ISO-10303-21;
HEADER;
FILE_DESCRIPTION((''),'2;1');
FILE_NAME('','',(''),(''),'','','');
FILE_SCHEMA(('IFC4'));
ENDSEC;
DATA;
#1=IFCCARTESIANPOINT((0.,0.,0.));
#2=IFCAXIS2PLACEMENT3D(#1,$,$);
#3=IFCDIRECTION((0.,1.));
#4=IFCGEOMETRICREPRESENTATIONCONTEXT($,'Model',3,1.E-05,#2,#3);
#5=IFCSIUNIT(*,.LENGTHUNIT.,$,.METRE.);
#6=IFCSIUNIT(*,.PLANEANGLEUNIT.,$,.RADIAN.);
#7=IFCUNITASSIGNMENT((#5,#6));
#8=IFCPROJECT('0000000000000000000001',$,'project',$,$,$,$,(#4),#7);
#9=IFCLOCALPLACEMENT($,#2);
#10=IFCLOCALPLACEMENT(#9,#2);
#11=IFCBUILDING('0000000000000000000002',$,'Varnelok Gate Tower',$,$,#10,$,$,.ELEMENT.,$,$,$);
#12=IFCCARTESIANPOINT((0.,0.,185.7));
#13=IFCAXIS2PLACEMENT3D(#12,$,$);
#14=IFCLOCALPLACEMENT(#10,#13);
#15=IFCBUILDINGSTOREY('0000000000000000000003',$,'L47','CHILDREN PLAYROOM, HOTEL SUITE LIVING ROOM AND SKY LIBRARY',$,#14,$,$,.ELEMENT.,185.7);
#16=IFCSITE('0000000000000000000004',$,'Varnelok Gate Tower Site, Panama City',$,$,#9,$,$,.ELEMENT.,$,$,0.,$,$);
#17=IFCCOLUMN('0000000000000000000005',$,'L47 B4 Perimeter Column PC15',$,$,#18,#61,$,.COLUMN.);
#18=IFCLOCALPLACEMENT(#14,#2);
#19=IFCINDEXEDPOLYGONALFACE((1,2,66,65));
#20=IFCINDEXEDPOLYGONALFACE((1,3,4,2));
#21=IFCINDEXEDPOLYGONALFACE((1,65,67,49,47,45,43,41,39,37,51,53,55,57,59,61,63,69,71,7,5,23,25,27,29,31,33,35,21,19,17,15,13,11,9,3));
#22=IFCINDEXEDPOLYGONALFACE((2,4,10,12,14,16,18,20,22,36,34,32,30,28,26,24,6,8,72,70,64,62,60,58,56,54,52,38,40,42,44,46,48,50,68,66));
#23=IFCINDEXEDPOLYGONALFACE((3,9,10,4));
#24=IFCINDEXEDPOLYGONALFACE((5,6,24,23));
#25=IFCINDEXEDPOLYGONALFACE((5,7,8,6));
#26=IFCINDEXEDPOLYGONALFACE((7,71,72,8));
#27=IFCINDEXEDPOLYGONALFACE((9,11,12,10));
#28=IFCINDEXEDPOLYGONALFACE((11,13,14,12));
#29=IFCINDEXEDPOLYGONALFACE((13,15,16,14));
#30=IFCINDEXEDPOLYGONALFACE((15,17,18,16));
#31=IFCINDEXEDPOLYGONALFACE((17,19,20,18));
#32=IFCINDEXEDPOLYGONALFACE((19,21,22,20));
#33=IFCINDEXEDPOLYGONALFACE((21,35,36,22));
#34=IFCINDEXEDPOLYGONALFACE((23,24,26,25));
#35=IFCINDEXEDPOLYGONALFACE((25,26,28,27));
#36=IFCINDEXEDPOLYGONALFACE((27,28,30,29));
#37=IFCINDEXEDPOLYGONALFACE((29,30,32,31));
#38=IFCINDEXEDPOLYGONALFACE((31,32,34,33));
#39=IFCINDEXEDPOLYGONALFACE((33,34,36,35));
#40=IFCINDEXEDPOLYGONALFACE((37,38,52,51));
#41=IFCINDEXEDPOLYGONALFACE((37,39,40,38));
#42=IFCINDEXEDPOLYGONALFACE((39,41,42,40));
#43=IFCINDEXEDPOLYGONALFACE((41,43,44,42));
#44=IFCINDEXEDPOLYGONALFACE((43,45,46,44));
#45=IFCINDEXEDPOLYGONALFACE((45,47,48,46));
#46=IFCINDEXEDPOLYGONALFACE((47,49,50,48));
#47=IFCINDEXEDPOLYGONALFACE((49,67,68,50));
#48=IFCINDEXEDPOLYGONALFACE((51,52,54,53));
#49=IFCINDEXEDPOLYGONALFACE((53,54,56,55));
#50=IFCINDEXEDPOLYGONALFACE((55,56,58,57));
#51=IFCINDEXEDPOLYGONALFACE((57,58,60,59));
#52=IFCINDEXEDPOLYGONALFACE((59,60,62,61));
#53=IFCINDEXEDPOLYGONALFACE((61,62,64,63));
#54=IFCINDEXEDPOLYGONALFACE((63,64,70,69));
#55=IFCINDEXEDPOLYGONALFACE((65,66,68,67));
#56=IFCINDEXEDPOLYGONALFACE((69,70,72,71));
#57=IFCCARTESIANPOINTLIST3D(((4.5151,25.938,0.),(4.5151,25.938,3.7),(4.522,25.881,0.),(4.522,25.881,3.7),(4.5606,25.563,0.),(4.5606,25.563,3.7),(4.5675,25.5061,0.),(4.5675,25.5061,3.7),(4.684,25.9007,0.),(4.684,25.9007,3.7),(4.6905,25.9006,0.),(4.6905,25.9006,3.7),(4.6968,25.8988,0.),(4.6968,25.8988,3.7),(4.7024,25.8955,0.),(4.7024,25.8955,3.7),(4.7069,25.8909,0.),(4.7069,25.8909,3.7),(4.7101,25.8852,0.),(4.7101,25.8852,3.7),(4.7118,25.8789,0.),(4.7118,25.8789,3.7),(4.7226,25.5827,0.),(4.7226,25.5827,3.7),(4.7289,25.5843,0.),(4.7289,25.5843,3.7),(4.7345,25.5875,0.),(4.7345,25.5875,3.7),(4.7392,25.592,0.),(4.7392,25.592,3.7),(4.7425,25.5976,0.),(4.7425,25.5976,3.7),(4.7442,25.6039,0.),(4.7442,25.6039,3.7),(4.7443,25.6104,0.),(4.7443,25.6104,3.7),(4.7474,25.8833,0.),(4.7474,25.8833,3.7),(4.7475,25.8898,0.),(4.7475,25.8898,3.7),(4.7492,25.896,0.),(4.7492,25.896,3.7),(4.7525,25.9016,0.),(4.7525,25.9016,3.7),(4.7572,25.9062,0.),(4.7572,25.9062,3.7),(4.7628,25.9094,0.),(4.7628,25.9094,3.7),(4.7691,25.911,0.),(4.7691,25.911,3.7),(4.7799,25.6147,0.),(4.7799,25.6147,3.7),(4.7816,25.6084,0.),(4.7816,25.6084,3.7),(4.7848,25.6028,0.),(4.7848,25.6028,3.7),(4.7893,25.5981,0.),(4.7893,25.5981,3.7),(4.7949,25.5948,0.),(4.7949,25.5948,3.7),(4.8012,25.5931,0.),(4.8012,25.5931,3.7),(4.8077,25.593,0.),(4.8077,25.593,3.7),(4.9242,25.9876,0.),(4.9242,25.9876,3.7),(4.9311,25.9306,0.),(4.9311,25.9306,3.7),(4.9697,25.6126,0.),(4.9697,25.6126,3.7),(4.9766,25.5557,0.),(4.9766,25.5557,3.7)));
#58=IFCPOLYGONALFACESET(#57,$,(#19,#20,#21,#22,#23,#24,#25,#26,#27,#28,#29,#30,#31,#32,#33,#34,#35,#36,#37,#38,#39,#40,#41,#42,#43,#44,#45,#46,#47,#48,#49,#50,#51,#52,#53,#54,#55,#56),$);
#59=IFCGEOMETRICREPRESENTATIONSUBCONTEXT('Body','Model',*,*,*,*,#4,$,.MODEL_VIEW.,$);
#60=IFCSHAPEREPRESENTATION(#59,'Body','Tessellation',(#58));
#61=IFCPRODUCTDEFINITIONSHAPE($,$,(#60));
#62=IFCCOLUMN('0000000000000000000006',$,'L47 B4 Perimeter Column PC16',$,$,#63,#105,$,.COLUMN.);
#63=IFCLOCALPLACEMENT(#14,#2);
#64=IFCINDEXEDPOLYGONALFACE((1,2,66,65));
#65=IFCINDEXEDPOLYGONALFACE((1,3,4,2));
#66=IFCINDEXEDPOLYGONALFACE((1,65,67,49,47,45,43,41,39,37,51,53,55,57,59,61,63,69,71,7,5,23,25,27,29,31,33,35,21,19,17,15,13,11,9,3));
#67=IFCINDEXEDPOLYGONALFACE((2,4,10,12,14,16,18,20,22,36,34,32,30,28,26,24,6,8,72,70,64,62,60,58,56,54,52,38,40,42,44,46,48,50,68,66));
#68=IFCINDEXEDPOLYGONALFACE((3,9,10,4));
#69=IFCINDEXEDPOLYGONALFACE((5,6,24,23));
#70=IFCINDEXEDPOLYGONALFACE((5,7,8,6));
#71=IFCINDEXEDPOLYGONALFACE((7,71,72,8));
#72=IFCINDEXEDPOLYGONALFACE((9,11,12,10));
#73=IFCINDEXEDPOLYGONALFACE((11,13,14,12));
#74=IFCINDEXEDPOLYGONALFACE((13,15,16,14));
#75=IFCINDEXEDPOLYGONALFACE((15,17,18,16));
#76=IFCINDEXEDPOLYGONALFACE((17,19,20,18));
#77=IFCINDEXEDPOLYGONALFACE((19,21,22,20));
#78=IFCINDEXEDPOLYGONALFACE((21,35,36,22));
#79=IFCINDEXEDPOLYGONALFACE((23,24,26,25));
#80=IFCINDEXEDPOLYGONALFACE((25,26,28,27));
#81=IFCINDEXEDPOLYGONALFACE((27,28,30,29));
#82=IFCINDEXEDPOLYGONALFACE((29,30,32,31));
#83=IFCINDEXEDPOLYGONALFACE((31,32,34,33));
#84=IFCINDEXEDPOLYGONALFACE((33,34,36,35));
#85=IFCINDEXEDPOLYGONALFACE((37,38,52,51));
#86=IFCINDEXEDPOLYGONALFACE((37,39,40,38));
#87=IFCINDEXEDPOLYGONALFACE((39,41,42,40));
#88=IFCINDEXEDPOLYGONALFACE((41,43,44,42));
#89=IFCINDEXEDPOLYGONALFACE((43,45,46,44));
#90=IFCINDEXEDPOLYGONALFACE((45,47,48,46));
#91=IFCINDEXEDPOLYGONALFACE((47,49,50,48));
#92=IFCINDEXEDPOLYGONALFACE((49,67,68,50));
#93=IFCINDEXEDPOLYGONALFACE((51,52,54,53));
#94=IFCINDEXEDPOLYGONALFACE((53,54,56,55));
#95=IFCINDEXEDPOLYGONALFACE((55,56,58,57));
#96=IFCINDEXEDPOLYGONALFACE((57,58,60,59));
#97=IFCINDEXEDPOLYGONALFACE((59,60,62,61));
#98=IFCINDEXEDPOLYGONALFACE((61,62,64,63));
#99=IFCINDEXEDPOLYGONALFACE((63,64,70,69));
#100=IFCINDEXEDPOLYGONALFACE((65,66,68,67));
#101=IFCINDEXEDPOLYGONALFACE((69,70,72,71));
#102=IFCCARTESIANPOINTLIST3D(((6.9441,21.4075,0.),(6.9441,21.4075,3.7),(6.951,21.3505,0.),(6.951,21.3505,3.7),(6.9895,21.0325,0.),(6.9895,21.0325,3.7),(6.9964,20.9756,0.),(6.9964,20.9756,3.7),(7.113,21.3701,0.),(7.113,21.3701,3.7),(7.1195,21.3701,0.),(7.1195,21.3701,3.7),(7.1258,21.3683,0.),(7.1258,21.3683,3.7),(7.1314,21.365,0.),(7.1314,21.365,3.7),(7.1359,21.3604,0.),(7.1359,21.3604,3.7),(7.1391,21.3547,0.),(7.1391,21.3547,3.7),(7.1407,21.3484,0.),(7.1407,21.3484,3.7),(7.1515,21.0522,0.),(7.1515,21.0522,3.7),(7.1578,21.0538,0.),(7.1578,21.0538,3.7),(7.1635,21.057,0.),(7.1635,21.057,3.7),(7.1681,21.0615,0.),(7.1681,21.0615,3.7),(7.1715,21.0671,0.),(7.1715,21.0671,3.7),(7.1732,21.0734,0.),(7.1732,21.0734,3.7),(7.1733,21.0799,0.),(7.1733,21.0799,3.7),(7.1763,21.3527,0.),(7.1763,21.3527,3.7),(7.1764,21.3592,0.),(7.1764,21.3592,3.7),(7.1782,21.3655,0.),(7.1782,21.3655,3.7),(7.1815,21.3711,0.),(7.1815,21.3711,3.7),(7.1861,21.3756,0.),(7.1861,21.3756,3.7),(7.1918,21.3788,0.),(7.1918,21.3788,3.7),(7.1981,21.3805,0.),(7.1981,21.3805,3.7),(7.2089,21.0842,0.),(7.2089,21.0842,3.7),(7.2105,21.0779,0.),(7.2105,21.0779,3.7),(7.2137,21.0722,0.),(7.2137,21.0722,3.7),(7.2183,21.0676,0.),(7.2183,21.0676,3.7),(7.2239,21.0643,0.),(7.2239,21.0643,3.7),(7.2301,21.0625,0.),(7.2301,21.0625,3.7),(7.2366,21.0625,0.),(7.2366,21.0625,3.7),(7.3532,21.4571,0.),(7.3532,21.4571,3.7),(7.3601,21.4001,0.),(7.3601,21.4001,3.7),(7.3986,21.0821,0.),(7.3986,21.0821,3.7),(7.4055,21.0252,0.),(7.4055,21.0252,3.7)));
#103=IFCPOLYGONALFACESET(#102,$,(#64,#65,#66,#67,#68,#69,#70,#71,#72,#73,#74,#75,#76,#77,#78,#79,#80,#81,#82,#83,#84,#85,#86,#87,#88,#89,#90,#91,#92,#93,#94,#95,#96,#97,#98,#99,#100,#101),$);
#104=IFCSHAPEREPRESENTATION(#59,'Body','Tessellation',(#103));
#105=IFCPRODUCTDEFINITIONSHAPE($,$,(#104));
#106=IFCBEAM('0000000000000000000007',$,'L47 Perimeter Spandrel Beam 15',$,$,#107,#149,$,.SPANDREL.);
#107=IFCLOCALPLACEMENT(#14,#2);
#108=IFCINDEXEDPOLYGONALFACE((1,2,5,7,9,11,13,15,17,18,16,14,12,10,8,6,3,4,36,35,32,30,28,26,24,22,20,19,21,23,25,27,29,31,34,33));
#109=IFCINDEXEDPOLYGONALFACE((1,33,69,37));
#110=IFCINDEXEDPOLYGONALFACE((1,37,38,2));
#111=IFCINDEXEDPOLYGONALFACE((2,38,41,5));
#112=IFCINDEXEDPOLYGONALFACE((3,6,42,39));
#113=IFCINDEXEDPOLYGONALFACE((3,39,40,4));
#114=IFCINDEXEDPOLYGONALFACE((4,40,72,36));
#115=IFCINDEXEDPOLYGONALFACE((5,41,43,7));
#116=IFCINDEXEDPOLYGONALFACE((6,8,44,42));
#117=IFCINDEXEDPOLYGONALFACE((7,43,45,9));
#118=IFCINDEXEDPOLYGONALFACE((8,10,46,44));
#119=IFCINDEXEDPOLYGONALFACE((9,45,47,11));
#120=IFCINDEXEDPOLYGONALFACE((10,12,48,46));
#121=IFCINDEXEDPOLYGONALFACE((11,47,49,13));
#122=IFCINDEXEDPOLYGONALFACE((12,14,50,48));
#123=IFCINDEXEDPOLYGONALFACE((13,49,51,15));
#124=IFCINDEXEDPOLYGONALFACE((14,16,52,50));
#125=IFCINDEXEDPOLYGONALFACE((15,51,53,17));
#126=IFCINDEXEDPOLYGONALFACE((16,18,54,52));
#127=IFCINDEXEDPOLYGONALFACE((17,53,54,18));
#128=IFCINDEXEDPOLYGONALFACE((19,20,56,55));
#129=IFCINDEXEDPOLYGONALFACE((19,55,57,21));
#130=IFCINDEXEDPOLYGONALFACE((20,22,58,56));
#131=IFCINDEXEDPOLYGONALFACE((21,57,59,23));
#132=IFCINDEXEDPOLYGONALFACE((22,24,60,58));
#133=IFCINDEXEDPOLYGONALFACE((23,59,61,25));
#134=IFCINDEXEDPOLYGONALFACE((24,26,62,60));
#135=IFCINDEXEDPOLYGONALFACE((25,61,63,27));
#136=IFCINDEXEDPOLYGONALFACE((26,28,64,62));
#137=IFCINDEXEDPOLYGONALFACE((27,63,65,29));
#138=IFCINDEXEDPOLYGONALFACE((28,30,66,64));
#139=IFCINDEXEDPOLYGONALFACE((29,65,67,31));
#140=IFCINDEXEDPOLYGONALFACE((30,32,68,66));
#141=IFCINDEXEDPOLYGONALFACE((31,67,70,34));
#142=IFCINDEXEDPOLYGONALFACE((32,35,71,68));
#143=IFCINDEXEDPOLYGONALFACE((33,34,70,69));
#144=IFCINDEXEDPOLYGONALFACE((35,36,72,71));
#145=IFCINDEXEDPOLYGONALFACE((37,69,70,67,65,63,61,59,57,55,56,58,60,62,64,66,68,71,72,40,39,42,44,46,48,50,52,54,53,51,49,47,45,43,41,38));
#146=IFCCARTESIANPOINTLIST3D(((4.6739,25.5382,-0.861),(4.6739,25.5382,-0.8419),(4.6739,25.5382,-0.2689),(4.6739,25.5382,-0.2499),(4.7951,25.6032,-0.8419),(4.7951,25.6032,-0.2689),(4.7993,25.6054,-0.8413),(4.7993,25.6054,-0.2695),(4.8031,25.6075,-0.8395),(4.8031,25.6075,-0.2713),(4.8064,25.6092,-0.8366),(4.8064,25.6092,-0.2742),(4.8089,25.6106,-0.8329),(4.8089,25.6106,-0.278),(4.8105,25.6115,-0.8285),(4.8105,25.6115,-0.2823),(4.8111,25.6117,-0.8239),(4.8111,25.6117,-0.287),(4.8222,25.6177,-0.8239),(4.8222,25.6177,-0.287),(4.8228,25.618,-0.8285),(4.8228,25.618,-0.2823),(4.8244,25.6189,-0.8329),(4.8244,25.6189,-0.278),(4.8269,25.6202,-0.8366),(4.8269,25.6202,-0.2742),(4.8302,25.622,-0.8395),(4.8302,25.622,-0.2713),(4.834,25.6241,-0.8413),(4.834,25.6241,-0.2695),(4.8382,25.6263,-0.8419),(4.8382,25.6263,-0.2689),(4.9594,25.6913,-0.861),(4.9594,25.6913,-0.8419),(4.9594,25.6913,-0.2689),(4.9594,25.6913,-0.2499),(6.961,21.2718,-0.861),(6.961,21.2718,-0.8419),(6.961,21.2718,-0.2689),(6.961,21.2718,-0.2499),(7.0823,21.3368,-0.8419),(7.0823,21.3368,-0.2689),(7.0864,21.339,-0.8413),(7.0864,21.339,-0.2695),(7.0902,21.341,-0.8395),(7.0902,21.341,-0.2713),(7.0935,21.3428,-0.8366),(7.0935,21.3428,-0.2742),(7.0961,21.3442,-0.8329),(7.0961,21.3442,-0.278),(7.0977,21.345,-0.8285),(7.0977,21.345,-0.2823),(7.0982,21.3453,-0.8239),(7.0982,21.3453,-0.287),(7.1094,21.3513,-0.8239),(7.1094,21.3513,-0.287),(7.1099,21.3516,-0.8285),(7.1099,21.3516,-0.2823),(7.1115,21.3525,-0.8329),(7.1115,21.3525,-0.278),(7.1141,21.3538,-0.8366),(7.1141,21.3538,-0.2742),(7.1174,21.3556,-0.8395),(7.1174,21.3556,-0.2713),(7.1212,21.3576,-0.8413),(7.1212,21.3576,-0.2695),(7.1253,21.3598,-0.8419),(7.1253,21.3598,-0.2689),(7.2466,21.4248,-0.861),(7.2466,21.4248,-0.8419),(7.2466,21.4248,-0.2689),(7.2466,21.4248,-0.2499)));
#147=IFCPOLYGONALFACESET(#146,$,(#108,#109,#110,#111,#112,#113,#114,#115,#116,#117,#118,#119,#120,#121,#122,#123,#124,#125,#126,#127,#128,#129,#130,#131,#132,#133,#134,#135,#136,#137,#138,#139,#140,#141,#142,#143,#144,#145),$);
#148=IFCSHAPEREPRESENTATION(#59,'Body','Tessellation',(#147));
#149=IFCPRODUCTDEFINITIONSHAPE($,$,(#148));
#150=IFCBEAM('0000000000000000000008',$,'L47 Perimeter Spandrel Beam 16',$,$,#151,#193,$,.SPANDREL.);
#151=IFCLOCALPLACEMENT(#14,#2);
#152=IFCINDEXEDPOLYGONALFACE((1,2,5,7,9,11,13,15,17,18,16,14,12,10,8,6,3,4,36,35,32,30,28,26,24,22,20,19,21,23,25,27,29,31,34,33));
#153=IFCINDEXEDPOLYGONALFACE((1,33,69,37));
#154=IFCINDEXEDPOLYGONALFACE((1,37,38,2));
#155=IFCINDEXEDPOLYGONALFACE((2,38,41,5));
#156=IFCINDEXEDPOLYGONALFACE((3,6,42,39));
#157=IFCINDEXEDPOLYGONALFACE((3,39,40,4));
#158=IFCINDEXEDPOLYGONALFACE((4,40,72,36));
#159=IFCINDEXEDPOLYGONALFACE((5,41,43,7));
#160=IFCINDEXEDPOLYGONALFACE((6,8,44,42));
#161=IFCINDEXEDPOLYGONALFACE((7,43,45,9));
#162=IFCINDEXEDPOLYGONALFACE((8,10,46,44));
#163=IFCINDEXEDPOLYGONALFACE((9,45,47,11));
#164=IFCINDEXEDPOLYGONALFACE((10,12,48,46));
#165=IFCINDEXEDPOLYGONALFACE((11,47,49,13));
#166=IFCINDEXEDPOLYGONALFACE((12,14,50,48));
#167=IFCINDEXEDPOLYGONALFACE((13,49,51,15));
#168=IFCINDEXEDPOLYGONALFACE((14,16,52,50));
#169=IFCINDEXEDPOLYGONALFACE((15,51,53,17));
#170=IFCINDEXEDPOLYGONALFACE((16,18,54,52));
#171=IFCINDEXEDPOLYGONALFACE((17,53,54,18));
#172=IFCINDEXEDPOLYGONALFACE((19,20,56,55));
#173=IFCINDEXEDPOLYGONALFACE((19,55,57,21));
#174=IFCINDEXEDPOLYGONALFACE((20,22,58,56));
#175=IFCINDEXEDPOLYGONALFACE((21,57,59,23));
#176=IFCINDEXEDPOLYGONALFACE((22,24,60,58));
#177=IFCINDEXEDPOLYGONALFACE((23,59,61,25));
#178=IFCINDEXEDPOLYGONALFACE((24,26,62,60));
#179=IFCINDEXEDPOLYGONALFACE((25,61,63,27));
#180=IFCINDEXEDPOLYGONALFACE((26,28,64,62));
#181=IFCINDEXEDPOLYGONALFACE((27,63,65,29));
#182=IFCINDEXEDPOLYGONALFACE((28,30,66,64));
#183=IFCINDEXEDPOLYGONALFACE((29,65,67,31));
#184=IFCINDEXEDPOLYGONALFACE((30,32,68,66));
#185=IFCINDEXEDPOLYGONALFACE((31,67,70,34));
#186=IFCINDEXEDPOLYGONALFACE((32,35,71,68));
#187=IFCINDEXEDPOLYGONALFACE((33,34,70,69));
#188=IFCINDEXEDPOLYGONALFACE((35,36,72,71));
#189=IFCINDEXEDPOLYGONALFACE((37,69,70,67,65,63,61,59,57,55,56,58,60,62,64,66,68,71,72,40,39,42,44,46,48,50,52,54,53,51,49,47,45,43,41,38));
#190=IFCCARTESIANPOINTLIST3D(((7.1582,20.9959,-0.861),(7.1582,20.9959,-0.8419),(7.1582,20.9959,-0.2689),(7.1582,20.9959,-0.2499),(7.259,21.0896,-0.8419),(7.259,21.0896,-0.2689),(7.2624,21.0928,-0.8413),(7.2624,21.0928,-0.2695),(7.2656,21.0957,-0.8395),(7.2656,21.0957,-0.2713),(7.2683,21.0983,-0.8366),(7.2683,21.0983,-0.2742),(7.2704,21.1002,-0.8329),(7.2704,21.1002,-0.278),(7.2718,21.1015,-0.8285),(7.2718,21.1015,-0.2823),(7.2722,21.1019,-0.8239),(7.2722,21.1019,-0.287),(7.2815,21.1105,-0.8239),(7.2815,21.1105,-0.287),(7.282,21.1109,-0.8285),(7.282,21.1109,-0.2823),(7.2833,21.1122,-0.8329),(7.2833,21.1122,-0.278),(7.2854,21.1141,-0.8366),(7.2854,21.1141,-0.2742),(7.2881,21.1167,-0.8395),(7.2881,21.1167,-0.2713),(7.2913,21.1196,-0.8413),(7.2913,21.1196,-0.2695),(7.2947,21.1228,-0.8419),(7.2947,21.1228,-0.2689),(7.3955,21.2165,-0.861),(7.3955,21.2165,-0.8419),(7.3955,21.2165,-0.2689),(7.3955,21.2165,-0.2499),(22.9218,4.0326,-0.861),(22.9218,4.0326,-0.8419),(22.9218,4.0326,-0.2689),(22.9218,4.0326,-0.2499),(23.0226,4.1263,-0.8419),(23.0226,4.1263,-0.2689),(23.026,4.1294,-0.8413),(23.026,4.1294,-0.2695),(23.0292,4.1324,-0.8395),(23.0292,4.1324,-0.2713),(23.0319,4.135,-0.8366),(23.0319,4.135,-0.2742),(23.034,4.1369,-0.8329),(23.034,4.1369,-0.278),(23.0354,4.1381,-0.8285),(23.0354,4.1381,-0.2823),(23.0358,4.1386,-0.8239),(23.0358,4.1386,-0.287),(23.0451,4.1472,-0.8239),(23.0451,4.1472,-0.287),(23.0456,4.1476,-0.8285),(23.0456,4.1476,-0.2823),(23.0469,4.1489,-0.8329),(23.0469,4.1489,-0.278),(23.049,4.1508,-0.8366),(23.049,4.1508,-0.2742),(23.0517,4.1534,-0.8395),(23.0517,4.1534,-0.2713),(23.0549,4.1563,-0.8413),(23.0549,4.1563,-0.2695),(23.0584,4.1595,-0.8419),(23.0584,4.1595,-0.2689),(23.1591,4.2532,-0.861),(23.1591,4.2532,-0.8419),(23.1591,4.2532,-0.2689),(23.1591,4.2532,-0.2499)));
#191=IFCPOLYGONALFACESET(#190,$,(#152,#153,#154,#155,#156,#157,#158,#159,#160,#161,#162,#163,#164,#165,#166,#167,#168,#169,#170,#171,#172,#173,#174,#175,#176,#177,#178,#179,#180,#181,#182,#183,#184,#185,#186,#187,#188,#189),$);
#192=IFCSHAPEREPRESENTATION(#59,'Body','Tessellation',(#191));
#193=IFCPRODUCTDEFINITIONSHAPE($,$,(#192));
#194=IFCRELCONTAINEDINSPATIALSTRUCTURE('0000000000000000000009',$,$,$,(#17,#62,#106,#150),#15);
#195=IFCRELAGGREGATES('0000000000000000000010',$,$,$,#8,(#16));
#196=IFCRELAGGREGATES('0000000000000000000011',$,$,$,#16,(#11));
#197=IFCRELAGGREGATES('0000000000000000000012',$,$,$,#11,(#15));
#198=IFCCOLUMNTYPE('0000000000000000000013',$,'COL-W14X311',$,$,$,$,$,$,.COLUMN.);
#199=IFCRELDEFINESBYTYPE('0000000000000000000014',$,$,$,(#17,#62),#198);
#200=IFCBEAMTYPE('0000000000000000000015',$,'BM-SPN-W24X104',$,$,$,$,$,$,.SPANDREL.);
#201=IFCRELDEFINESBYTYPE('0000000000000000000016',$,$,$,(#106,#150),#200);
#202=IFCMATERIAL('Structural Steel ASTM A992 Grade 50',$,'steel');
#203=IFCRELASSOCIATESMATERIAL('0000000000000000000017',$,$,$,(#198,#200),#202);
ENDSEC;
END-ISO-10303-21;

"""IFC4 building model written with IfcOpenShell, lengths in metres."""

from ifc_helpers import new_model, si_unit, direction, frame, origin, origin_2d, place, context, subcontext, project, spatial, i_section, extrude, material, material_profile, profile_set, type_object, element, save


model = new_model("IFC4")

# Units and contexts
model_context = context("Model", 3, precision=1e-05, world=origin(), true_north=direction((0.0, 1.0)))
body_context = subcontext(model_context, "Body", "Model", "MODEL_VIEW")
ifc_project = project(units=[si_unit("LENGTHUNIT", "METRE"), si_unit("PLANEANGLEUNIT", "RADIAN")], contexts=[model_context])

# Site, building, storey
site_placement = place(None, origin())
site = spatial("IfcSite", under=ifc_project, at=site_placement, Name="Varnelok Gate Tower Site, Panama City", CompositionType="ELEMENT", RefElevation=0.0)
building_placement = place(site_placement, origin())
building = spatial("IfcBuilding", under=site, at=building_placement, Name="Varnelok Gate Tower", CompositionType="ELEMENT")
storey_placement = place(building_placement, frame((0.0, 0.0, 185.7)))
storey = spatial("IfcBuildingStorey", under=building, at=storey_placement, Name="L47", Description="CHILDREN PLAYROOM, HOTEL SUITE LIVING ROOM AND SKY LIBRARY", CompositionType="ELEMENT", Elevation=185.7)

# Columns
ifc_material_1 = material(Name="Structural Steel ASTM A992 Grade 50", Category="steel")
ifc_material_profile_1 = material_profile(ifc_material_1, i_section(OverallWidth=0.4121, OverallDepth=0.4351, WebThickness=0.0359, FlangeThickness=0.0574, FilletRadius=0.0249, at=origin_2d()), Name="W14X311")
ifc_profile_set_1 = profile_set([ifc_material_profile_1], Name="Structural Steel ASTM A992 Grade 50")
column_type = type_object("IfcColumnType", Name="COL-W14X311", PredefinedType="COLUMN", material=ifc_profile_set_1)
for number, where, z_axis, x_axis, name in (
    (1, (4.7458, 25.7468, 0.0), (0.0, 0.0, 1.0), (0.992732, 0.120345, 0.0), "L47 B4 Perimeter Column PC15"),
    (2, (7.1748, 21.2163, 0.0), (0.0, 0.0, 1.0), (0.992732, 0.120345, 0.0), "L47 B4 Perimeter Column PC16"),
):
    element("IfcColumn", number, at=place(storey_placement, frame(where, z_axis=z_axis, x_axis=x_axis)), inside=storey, type_object=column_type, Name=name, PredefinedType="COLUMN", context=body_context, shape_type="SweptSolid", body=[
        extrude(i_section(OverallWidth=0.4121, OverallDepth=0.4351, WebThickness=0.0359, FlangeThickness=0.0574, FilletRadius=0.0249, at=origin_2d()), origin(), (0.0, 0.0, 1.0), 3.7),
    ])

# Beams
ifc_material_profile_2 = material_profile(ifc_material_1, i_section(OverallWidth=0.324, OverallDepth=0.6111, WebThickness=0.0127, FlangeThickness=0.019, FilletRadius=0.0181, at=origin_2d()), Name="W24X104")
ifc_profile_set_2 = profile_set([ifc_material_profile_2], Name="Structural Steel ASTM A992 Grade 50")
beam_type = type_object("IfcBeamType", Name="BM-SPN-W24X104", PredefinedType="SPANDREL", material=ifc_profile_set_2)
beam_1_placement = place(storey_placement, frame((4.8167, 25.6147, -0.5554), z_axis=(0.472472, -0.881346, 0.0), x_axis=(0.881346, 0.472472, 0.0)))
element("IfcBeam", 3, at=beam_1_placement, inside=storey, type_object=beam_type, Name="L47 Perimeter Spandrel Beam 15", PredefinedType="SPANDREL", context=body_context, shape_type="SweptSolid", body=[
    extrude(i_section(OverallWidth=0.324, OverallDepth=0.6111, WebThickness=0.0127, FlangeThickness=0.019, FilletRadius=0.0181, at=origin_2d()), origin(), (0.0, 0.0, 1.0), 4.8408),
])
beam_2_placement = place(storey_placement, frame((7.2769, 21.1062, -0.5554), z_axis=(0.680728, -0.732536, 0.0), x_axis=(0.732536, 0.680728, 0.0)))
element("IfcBeam", 4, at=beam_2_placement, inside=storey, type_object=beam_type, Name="L47 Perimeter Spandrel Beam 16", PredefinedType="SPANDREL", context=body_context, shape_type="SweptSolid", body=[
    extrude(i_section(OverallWidth=0.324, OverallDepth=0.6111, WebThickness=0.0127, FlangeThickness=0.019, FilletRadius=0.0181, at=origin_2d()), origin(), (0.0, 0.0, 1.0), 23.157),
])

save(model, "model.ifc")
